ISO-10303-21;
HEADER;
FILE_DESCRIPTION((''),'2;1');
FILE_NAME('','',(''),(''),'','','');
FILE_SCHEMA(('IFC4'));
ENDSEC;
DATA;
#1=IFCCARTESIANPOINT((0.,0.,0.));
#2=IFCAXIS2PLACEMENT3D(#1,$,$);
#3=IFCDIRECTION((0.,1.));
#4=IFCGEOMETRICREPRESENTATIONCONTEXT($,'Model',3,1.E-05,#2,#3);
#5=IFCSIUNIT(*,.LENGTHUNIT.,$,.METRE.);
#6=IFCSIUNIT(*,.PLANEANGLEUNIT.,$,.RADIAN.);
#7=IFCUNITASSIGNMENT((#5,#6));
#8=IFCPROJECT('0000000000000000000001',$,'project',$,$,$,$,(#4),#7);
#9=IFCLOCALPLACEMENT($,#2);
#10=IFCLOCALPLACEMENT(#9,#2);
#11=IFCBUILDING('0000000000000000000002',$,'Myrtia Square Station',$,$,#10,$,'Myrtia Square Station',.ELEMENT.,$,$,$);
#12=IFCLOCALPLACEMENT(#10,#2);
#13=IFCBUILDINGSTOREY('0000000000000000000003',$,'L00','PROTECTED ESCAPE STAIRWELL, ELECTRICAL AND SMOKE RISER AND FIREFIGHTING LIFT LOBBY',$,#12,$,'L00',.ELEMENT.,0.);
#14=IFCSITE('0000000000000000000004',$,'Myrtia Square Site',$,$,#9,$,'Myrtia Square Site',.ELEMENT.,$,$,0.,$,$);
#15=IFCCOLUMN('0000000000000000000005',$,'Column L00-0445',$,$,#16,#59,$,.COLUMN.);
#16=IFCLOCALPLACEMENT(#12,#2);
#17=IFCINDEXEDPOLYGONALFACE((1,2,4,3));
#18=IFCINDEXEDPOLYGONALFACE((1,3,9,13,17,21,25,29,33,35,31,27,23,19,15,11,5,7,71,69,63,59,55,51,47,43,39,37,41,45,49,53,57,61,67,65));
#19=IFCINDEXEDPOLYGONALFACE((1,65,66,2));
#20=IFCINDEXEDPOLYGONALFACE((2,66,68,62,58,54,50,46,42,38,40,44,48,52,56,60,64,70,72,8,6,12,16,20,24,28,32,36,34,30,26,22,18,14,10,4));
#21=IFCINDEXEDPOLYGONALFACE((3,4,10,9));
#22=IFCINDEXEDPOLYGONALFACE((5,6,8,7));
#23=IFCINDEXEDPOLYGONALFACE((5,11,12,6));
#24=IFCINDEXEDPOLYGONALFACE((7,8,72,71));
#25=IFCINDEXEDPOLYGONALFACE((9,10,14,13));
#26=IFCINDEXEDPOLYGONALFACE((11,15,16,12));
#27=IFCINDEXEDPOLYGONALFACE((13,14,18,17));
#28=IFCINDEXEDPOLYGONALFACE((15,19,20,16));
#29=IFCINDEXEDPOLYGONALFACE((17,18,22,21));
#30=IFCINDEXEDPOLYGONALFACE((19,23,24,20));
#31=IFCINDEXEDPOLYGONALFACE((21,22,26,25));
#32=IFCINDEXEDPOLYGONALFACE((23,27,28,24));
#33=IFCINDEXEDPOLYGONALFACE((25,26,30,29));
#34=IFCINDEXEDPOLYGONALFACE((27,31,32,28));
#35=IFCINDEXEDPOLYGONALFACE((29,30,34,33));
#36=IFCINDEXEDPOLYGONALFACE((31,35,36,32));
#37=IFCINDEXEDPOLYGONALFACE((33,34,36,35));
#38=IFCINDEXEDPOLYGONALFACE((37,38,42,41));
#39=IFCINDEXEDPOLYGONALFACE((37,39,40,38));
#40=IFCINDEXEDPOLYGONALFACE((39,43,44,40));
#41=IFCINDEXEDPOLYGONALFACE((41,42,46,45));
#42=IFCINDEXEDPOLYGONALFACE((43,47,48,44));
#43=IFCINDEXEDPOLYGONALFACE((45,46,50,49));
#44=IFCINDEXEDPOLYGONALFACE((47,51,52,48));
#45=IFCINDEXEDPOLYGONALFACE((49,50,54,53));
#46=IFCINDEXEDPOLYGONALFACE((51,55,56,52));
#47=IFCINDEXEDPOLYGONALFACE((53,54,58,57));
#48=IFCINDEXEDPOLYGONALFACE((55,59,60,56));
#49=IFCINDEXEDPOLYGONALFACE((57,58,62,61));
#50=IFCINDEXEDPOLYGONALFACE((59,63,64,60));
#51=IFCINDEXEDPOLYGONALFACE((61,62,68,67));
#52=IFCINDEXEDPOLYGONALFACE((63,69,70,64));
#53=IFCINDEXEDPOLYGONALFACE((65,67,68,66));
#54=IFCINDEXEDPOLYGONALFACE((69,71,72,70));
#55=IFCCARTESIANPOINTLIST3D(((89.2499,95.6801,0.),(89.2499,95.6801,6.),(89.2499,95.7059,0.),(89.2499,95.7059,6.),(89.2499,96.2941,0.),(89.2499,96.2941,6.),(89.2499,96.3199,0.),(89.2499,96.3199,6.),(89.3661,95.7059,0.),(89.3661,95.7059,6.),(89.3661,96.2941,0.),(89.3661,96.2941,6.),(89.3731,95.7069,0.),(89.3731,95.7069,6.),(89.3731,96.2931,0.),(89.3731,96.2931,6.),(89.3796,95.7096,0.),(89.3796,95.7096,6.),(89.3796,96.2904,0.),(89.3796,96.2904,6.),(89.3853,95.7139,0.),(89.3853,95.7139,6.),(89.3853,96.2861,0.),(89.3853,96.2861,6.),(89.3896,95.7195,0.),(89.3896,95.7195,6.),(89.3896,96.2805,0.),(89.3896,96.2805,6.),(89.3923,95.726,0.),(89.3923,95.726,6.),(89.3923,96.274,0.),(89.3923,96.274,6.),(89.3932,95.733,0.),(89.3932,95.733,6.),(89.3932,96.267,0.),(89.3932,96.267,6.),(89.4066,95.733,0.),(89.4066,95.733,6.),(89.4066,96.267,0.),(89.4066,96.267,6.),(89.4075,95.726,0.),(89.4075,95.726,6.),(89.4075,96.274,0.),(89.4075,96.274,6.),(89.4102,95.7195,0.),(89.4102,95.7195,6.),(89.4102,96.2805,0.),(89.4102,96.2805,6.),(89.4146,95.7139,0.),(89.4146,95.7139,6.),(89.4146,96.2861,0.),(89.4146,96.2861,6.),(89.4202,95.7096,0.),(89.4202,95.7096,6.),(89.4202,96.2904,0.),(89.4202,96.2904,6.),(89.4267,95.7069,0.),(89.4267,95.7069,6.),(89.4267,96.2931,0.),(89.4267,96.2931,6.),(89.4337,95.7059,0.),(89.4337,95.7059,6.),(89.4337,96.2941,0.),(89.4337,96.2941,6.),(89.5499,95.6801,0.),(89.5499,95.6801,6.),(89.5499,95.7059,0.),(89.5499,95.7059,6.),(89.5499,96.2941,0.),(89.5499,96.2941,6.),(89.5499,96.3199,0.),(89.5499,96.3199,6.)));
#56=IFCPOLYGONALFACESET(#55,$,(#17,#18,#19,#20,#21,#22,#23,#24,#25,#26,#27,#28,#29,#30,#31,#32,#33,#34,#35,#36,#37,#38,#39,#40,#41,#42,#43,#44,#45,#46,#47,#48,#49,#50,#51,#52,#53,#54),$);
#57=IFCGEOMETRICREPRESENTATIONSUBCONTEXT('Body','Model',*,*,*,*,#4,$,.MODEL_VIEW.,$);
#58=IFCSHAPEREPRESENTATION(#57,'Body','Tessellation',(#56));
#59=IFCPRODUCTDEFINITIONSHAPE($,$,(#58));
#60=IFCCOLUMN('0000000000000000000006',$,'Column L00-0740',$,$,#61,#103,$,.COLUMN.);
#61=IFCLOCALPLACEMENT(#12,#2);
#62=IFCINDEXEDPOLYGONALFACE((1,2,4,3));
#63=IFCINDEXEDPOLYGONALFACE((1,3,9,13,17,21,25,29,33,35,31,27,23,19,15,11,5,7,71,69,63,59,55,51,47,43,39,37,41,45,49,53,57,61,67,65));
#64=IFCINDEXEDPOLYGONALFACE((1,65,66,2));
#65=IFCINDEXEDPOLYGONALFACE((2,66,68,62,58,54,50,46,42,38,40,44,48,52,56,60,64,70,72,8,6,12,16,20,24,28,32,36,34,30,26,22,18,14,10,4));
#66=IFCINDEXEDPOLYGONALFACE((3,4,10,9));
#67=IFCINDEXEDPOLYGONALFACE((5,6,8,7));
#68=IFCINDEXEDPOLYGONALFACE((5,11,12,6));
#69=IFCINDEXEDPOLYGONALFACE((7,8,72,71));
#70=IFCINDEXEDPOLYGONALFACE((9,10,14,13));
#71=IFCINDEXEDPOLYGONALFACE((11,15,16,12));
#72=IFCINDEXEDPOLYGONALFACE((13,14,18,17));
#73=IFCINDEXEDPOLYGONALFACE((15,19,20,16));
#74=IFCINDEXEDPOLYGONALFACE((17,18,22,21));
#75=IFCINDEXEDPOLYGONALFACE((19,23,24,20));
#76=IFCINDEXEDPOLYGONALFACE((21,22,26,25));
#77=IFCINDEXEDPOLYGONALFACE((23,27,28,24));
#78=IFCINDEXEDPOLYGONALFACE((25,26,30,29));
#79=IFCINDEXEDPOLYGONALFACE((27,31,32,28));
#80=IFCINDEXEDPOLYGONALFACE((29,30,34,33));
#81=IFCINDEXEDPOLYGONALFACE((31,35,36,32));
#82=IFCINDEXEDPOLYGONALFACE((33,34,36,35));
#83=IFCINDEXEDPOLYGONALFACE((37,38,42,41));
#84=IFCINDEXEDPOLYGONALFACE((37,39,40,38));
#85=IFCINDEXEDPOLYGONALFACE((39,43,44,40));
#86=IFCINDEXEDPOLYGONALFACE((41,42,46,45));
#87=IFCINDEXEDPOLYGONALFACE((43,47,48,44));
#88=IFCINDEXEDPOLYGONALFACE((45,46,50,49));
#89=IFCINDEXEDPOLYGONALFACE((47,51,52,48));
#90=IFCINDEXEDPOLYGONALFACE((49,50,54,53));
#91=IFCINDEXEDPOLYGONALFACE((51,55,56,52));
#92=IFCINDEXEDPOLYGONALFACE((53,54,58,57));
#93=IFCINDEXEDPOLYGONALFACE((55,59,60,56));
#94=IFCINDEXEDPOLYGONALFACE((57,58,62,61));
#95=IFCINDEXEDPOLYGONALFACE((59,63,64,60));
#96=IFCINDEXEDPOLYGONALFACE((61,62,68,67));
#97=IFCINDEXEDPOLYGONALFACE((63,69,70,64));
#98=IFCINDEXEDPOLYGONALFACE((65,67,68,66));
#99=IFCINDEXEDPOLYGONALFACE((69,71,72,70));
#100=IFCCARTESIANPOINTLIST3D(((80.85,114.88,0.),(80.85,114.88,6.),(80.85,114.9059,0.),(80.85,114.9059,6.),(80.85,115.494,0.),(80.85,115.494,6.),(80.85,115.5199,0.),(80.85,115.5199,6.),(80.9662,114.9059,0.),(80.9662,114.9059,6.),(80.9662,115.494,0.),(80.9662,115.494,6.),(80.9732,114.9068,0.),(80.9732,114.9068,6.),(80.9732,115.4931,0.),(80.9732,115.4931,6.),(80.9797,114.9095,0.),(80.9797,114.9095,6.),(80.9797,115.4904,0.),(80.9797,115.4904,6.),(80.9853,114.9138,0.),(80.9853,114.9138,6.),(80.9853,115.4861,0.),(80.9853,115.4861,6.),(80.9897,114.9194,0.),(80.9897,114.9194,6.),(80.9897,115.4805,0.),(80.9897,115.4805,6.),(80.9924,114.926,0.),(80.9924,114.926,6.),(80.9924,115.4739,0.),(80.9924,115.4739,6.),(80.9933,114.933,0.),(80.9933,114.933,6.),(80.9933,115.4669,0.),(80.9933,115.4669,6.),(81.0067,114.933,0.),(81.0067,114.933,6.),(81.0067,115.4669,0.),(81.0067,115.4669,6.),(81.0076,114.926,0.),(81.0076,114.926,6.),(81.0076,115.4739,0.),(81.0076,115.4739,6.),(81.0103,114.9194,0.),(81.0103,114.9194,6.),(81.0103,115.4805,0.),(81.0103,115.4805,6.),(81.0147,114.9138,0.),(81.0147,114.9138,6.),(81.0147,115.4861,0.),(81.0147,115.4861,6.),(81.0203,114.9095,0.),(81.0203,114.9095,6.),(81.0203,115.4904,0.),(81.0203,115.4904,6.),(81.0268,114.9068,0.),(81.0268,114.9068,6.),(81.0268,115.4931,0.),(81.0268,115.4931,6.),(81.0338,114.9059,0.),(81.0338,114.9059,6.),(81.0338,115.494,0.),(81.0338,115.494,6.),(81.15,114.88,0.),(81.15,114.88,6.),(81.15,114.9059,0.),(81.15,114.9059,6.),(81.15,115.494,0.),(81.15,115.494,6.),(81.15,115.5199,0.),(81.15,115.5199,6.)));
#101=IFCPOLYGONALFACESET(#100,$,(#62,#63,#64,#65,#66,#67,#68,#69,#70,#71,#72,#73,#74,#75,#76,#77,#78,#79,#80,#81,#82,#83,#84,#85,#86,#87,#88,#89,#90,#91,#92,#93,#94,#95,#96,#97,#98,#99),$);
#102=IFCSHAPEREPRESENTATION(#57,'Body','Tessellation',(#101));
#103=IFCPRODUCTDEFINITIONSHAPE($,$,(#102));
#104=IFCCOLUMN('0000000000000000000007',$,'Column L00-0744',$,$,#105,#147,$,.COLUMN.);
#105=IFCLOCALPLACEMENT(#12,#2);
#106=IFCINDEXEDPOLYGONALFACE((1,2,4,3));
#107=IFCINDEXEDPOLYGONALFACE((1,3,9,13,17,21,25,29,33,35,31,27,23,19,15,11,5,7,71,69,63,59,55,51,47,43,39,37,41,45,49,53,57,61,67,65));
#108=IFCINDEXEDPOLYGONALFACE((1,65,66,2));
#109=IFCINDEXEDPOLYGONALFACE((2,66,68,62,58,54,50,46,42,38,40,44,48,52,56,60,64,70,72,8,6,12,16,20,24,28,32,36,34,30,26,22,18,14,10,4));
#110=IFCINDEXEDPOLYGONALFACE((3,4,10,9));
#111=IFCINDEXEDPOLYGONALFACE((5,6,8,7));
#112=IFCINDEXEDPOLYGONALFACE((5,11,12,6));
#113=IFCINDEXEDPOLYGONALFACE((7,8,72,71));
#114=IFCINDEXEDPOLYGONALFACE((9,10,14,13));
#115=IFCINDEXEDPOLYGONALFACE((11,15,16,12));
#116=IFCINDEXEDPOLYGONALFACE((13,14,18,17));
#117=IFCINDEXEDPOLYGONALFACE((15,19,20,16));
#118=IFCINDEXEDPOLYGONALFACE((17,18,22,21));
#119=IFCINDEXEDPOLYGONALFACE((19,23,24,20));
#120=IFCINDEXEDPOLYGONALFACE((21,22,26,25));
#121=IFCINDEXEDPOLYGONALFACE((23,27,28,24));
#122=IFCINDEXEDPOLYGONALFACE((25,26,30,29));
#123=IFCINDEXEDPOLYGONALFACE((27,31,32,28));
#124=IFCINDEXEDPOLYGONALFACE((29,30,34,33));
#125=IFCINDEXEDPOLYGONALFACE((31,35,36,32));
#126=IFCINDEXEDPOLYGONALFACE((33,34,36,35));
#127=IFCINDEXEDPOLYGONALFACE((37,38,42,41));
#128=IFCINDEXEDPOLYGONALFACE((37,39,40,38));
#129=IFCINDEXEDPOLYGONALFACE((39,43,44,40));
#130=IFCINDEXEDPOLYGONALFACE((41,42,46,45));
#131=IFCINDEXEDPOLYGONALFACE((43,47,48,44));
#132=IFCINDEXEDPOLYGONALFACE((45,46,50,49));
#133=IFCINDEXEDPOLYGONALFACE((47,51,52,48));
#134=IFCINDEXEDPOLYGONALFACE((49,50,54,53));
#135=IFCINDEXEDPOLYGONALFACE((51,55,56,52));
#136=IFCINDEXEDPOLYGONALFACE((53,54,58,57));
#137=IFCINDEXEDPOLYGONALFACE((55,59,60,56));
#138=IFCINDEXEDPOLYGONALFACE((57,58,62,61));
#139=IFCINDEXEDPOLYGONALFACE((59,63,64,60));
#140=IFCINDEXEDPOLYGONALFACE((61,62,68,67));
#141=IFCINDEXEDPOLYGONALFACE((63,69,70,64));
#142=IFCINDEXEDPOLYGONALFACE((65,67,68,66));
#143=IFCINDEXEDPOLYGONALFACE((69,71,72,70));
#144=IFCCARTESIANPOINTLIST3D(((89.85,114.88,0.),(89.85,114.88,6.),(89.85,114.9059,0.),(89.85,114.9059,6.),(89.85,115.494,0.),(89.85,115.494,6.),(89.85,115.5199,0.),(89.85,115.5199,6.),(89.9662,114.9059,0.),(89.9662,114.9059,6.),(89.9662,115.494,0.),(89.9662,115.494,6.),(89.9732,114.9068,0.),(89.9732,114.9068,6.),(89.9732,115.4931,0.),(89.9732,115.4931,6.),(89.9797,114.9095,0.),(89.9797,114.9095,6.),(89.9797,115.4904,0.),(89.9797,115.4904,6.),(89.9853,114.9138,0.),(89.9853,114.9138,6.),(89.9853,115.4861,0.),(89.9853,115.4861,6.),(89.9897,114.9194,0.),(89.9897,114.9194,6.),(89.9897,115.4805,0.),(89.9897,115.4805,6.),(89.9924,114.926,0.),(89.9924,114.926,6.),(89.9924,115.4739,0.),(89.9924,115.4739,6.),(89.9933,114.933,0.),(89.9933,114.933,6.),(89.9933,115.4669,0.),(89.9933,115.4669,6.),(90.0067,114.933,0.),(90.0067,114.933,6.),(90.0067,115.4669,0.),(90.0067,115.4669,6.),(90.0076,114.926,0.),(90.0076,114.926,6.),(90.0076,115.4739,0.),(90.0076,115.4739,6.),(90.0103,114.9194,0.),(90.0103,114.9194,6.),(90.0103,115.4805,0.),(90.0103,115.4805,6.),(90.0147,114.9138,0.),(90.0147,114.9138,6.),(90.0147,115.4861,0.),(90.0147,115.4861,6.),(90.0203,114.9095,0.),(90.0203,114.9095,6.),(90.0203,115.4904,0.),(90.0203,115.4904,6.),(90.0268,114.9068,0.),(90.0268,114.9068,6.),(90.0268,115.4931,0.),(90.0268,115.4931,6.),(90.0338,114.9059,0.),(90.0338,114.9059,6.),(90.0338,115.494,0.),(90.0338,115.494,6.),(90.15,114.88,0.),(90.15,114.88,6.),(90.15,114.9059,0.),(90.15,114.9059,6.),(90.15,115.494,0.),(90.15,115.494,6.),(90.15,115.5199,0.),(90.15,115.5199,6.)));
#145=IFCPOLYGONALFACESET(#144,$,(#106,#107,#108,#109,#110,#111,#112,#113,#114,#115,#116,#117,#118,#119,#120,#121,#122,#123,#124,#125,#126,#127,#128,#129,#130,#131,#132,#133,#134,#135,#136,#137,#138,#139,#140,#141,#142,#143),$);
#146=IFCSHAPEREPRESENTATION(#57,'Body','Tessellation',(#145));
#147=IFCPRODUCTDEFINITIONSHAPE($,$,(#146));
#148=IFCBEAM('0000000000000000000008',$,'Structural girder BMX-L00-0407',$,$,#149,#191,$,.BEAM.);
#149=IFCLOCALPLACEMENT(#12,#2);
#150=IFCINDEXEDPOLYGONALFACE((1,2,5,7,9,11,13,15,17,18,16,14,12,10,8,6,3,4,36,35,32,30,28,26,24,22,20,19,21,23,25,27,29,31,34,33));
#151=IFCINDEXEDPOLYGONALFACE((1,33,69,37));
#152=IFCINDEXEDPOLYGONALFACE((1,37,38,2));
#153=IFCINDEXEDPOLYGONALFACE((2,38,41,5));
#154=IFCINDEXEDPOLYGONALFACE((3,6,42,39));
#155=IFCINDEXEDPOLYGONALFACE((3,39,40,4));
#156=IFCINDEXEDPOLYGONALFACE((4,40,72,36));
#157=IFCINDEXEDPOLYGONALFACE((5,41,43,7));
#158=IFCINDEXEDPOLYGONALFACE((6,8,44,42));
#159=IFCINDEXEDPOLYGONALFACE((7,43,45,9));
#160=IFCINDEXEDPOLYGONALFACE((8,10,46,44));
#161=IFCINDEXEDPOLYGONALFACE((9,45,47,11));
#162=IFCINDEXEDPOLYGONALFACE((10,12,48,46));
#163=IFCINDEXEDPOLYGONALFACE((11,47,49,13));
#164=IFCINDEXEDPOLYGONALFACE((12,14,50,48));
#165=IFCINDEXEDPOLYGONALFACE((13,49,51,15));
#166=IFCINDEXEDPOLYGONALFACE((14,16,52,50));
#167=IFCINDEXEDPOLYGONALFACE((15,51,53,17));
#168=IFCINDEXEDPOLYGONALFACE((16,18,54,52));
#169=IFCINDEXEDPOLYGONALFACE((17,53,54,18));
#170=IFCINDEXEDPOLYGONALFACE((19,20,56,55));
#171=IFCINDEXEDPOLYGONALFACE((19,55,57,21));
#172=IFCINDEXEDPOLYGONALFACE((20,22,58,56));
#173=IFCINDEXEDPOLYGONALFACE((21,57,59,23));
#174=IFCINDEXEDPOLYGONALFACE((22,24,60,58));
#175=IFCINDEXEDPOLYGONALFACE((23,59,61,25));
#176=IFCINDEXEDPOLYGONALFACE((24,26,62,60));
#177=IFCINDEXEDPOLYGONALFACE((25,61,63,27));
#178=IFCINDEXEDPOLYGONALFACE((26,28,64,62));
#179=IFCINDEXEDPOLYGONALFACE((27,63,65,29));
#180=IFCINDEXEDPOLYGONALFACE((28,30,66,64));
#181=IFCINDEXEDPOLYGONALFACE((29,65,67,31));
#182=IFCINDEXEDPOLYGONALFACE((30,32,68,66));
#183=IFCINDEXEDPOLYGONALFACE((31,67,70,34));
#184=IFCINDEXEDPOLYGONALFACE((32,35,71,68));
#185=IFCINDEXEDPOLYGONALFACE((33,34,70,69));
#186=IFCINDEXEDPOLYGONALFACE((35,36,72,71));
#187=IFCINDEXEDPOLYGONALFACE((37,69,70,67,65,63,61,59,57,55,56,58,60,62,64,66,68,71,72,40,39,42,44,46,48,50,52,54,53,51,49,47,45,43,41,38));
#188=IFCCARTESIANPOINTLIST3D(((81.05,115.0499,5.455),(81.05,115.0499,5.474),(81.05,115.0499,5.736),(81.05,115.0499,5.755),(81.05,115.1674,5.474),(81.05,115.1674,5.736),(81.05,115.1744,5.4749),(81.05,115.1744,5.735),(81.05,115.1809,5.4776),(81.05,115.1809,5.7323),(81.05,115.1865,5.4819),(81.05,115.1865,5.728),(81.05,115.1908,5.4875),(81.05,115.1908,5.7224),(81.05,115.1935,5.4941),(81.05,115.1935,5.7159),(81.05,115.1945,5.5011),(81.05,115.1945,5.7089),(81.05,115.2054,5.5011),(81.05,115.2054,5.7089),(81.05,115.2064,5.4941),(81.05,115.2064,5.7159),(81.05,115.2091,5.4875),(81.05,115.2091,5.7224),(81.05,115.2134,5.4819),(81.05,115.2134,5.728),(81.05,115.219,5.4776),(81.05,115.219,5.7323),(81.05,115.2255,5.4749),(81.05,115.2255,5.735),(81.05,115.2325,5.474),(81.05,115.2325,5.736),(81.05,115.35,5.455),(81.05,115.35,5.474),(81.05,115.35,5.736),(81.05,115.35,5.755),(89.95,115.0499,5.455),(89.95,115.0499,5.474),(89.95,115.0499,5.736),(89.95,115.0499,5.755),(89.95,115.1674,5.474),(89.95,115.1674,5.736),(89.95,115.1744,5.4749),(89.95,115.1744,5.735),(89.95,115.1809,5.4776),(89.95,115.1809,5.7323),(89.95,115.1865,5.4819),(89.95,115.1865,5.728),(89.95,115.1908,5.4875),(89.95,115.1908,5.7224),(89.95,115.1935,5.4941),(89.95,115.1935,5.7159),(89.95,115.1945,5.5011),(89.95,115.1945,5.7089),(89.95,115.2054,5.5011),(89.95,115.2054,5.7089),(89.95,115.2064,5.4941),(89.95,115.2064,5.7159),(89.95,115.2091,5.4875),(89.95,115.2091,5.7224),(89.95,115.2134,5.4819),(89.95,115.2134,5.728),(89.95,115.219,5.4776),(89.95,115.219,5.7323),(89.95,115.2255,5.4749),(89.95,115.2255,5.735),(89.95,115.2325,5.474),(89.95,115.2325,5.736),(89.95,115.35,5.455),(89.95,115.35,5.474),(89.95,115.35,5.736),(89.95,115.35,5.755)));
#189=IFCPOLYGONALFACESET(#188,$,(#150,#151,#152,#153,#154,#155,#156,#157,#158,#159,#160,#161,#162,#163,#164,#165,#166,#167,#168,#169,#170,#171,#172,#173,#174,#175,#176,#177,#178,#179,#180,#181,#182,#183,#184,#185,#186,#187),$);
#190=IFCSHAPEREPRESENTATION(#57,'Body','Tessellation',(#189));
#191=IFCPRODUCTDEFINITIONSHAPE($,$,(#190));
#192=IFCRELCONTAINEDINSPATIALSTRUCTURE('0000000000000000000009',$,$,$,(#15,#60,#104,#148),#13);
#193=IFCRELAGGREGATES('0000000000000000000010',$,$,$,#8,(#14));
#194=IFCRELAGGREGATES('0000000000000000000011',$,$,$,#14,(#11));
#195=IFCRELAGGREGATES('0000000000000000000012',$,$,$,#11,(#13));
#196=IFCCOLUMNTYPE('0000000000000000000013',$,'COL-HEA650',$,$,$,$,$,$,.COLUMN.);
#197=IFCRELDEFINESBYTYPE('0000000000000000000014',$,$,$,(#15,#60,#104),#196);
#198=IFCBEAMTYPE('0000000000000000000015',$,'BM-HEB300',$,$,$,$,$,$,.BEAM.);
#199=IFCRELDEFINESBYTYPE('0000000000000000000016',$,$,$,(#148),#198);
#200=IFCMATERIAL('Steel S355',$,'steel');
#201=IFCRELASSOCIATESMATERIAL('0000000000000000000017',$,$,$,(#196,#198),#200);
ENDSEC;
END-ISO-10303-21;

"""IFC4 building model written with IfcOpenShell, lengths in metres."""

from ifc_helpers import new_model, si_unit, direction, frame, origin, origin_2d, place, context, subcontext, project, spatial, i_section, extrude, material, material_profile, profile_set, type_object, element, save


model = new_model("IFC4")

# Units and contexts
model_context = context("Model", 3, precision=1e-05, world=origin(), true_north=direction((0.0, 1.0)))
body_context = subcontext(model_context, "Body", "Model", "MODEL_VIEW")
ifc_project = project(units=[si_unit("LENGTHUNIT", "METRE"), si_unit("PLANEANGLEUNIT", "RADIAN")], contexts=[model_context])

# Site, building, storey
site_placement = place(None, origin())
site = spatial("IfcSite", under=ifc_project, at=site_placement, Name="Myrtia Square Site", LongName="Myrtia Square Site", CompositionType="ELEMENT", RefElevation=0.0)
building_placement = place(site_placement, origin())
building = spatial("IfcBuilding", under=site, at=building_placement, Name="Myrtia Square Station", LongName="Myrtia Square Station", CompositionType="ELEMENT")
storey_placement = place(building_placement, origin())
storey = spatial("IfcBuildingStorey", under=building, at=storey_placement, Name="L00", Description="PROTECTED ESCAPE STAIRWELL, ELECTRICAL AND SMOKE RISER AND FIREFIGHTING LIFT LOBBY", LongName="L00", CompositionType="ELEMENT", Elevation=0.0)

# Columns
ifc_material_1 = material(Name="Steel S355", Category="steel")
ifc_material_profile_1 = material_profile(ifc_material_1, i_section(OverallWidth=0.3, OverallDepth=0.6399, WebThickness=0.0134, FlangeThickness=0.0259, FilletRadius=0.0271, at=origin_2d()), Name="HEA 650")
ifc_profile_set_1 = profile_set([ifc_material_profile_1], Name="Steel S355")
column_type = type_object("IfcColumnType", Name="COL-HEA650", PredefinedType="COLUMN", material=ifc_profile_set_1)
for number, where, z_axis, x_axis, name in (
    (1, (89.3999, 96.0, 0.0), (0.0, 0.0, 1.0), (1.0, 0.0, 0.0), "Column L00-0445"),
    (2, (81.0, 115.2, 0.0), (0.0, 0.0, 1.0), (1.0, 0.0, 0.0), "Column L00-0740"),
    (3, (90.0, 115.2, 0.0), (0.0, 0.0, 1.0), (1.0, 0.0, 0.0), "Column L00-0744"),
):
    element("IfcColumn", number, at=place(storey_placement, frame(where, z_axis=z_axis, x_axis=x_axis)), inside=storey, type_object=column_type, Name=name, PredefinedType="COLUMN", context=body_context, shape_type="SweptSolid", body=[
        extrude(i_section(OverallWidth=0.3, OverallDepth=0.6399, WebThickness=0.0134, FlangeThickness=0.0259, FilletRadius=0.0271, at=origin_2d()), origin(), (0.0, 0.0, 1.0), 6.0),
    ])

# Beam
ifc_material_profile_2 = material_profile(ifc_material_1, i_section(OverallWidth=0.3, OverallDepth=0.3, WebThickness=0.011, FlangeThickness=0.019, FilletRadius=0.0271, at=origin_2d()), Name="HEB 300")
ifc_profile_set_2 = profile_set([ifc_material_profile_2], Name="Steel S355")
beam_type_1 = type_object("IfcBeamType", Name="BM-HEB300", PredefinedType="BEAM", material=ifc_profile_set_2)
for number, where, z_axis, x_axis, name in (
    (4, (81.05, 115.2, 5.605), (1.0, 0.0, 0.0), (0.0, 1.0, 0.0), "Structural girder BMX-L00-0407"),
):
    element("IfcBeam", number, at=place(storey_placement, frame(where, z_axis=z_axis, x_axis=x_axis)), inside=storey, type_object=beam_type_1, Name=name, PredefinedType="BEAM", context=body_context, shape_type="SweptSolid", body=[
        extrude(i_section(OverallWidth=0.3, OverallDepth=0.3, WebThickness=0.011, FlangeThickness=0.019, FilletRadius=0.0271, at=origin_2d()), origin(), (0.0, 0.0, 1.0), 8.8999),
    ])

save(model, "model.ifc")
